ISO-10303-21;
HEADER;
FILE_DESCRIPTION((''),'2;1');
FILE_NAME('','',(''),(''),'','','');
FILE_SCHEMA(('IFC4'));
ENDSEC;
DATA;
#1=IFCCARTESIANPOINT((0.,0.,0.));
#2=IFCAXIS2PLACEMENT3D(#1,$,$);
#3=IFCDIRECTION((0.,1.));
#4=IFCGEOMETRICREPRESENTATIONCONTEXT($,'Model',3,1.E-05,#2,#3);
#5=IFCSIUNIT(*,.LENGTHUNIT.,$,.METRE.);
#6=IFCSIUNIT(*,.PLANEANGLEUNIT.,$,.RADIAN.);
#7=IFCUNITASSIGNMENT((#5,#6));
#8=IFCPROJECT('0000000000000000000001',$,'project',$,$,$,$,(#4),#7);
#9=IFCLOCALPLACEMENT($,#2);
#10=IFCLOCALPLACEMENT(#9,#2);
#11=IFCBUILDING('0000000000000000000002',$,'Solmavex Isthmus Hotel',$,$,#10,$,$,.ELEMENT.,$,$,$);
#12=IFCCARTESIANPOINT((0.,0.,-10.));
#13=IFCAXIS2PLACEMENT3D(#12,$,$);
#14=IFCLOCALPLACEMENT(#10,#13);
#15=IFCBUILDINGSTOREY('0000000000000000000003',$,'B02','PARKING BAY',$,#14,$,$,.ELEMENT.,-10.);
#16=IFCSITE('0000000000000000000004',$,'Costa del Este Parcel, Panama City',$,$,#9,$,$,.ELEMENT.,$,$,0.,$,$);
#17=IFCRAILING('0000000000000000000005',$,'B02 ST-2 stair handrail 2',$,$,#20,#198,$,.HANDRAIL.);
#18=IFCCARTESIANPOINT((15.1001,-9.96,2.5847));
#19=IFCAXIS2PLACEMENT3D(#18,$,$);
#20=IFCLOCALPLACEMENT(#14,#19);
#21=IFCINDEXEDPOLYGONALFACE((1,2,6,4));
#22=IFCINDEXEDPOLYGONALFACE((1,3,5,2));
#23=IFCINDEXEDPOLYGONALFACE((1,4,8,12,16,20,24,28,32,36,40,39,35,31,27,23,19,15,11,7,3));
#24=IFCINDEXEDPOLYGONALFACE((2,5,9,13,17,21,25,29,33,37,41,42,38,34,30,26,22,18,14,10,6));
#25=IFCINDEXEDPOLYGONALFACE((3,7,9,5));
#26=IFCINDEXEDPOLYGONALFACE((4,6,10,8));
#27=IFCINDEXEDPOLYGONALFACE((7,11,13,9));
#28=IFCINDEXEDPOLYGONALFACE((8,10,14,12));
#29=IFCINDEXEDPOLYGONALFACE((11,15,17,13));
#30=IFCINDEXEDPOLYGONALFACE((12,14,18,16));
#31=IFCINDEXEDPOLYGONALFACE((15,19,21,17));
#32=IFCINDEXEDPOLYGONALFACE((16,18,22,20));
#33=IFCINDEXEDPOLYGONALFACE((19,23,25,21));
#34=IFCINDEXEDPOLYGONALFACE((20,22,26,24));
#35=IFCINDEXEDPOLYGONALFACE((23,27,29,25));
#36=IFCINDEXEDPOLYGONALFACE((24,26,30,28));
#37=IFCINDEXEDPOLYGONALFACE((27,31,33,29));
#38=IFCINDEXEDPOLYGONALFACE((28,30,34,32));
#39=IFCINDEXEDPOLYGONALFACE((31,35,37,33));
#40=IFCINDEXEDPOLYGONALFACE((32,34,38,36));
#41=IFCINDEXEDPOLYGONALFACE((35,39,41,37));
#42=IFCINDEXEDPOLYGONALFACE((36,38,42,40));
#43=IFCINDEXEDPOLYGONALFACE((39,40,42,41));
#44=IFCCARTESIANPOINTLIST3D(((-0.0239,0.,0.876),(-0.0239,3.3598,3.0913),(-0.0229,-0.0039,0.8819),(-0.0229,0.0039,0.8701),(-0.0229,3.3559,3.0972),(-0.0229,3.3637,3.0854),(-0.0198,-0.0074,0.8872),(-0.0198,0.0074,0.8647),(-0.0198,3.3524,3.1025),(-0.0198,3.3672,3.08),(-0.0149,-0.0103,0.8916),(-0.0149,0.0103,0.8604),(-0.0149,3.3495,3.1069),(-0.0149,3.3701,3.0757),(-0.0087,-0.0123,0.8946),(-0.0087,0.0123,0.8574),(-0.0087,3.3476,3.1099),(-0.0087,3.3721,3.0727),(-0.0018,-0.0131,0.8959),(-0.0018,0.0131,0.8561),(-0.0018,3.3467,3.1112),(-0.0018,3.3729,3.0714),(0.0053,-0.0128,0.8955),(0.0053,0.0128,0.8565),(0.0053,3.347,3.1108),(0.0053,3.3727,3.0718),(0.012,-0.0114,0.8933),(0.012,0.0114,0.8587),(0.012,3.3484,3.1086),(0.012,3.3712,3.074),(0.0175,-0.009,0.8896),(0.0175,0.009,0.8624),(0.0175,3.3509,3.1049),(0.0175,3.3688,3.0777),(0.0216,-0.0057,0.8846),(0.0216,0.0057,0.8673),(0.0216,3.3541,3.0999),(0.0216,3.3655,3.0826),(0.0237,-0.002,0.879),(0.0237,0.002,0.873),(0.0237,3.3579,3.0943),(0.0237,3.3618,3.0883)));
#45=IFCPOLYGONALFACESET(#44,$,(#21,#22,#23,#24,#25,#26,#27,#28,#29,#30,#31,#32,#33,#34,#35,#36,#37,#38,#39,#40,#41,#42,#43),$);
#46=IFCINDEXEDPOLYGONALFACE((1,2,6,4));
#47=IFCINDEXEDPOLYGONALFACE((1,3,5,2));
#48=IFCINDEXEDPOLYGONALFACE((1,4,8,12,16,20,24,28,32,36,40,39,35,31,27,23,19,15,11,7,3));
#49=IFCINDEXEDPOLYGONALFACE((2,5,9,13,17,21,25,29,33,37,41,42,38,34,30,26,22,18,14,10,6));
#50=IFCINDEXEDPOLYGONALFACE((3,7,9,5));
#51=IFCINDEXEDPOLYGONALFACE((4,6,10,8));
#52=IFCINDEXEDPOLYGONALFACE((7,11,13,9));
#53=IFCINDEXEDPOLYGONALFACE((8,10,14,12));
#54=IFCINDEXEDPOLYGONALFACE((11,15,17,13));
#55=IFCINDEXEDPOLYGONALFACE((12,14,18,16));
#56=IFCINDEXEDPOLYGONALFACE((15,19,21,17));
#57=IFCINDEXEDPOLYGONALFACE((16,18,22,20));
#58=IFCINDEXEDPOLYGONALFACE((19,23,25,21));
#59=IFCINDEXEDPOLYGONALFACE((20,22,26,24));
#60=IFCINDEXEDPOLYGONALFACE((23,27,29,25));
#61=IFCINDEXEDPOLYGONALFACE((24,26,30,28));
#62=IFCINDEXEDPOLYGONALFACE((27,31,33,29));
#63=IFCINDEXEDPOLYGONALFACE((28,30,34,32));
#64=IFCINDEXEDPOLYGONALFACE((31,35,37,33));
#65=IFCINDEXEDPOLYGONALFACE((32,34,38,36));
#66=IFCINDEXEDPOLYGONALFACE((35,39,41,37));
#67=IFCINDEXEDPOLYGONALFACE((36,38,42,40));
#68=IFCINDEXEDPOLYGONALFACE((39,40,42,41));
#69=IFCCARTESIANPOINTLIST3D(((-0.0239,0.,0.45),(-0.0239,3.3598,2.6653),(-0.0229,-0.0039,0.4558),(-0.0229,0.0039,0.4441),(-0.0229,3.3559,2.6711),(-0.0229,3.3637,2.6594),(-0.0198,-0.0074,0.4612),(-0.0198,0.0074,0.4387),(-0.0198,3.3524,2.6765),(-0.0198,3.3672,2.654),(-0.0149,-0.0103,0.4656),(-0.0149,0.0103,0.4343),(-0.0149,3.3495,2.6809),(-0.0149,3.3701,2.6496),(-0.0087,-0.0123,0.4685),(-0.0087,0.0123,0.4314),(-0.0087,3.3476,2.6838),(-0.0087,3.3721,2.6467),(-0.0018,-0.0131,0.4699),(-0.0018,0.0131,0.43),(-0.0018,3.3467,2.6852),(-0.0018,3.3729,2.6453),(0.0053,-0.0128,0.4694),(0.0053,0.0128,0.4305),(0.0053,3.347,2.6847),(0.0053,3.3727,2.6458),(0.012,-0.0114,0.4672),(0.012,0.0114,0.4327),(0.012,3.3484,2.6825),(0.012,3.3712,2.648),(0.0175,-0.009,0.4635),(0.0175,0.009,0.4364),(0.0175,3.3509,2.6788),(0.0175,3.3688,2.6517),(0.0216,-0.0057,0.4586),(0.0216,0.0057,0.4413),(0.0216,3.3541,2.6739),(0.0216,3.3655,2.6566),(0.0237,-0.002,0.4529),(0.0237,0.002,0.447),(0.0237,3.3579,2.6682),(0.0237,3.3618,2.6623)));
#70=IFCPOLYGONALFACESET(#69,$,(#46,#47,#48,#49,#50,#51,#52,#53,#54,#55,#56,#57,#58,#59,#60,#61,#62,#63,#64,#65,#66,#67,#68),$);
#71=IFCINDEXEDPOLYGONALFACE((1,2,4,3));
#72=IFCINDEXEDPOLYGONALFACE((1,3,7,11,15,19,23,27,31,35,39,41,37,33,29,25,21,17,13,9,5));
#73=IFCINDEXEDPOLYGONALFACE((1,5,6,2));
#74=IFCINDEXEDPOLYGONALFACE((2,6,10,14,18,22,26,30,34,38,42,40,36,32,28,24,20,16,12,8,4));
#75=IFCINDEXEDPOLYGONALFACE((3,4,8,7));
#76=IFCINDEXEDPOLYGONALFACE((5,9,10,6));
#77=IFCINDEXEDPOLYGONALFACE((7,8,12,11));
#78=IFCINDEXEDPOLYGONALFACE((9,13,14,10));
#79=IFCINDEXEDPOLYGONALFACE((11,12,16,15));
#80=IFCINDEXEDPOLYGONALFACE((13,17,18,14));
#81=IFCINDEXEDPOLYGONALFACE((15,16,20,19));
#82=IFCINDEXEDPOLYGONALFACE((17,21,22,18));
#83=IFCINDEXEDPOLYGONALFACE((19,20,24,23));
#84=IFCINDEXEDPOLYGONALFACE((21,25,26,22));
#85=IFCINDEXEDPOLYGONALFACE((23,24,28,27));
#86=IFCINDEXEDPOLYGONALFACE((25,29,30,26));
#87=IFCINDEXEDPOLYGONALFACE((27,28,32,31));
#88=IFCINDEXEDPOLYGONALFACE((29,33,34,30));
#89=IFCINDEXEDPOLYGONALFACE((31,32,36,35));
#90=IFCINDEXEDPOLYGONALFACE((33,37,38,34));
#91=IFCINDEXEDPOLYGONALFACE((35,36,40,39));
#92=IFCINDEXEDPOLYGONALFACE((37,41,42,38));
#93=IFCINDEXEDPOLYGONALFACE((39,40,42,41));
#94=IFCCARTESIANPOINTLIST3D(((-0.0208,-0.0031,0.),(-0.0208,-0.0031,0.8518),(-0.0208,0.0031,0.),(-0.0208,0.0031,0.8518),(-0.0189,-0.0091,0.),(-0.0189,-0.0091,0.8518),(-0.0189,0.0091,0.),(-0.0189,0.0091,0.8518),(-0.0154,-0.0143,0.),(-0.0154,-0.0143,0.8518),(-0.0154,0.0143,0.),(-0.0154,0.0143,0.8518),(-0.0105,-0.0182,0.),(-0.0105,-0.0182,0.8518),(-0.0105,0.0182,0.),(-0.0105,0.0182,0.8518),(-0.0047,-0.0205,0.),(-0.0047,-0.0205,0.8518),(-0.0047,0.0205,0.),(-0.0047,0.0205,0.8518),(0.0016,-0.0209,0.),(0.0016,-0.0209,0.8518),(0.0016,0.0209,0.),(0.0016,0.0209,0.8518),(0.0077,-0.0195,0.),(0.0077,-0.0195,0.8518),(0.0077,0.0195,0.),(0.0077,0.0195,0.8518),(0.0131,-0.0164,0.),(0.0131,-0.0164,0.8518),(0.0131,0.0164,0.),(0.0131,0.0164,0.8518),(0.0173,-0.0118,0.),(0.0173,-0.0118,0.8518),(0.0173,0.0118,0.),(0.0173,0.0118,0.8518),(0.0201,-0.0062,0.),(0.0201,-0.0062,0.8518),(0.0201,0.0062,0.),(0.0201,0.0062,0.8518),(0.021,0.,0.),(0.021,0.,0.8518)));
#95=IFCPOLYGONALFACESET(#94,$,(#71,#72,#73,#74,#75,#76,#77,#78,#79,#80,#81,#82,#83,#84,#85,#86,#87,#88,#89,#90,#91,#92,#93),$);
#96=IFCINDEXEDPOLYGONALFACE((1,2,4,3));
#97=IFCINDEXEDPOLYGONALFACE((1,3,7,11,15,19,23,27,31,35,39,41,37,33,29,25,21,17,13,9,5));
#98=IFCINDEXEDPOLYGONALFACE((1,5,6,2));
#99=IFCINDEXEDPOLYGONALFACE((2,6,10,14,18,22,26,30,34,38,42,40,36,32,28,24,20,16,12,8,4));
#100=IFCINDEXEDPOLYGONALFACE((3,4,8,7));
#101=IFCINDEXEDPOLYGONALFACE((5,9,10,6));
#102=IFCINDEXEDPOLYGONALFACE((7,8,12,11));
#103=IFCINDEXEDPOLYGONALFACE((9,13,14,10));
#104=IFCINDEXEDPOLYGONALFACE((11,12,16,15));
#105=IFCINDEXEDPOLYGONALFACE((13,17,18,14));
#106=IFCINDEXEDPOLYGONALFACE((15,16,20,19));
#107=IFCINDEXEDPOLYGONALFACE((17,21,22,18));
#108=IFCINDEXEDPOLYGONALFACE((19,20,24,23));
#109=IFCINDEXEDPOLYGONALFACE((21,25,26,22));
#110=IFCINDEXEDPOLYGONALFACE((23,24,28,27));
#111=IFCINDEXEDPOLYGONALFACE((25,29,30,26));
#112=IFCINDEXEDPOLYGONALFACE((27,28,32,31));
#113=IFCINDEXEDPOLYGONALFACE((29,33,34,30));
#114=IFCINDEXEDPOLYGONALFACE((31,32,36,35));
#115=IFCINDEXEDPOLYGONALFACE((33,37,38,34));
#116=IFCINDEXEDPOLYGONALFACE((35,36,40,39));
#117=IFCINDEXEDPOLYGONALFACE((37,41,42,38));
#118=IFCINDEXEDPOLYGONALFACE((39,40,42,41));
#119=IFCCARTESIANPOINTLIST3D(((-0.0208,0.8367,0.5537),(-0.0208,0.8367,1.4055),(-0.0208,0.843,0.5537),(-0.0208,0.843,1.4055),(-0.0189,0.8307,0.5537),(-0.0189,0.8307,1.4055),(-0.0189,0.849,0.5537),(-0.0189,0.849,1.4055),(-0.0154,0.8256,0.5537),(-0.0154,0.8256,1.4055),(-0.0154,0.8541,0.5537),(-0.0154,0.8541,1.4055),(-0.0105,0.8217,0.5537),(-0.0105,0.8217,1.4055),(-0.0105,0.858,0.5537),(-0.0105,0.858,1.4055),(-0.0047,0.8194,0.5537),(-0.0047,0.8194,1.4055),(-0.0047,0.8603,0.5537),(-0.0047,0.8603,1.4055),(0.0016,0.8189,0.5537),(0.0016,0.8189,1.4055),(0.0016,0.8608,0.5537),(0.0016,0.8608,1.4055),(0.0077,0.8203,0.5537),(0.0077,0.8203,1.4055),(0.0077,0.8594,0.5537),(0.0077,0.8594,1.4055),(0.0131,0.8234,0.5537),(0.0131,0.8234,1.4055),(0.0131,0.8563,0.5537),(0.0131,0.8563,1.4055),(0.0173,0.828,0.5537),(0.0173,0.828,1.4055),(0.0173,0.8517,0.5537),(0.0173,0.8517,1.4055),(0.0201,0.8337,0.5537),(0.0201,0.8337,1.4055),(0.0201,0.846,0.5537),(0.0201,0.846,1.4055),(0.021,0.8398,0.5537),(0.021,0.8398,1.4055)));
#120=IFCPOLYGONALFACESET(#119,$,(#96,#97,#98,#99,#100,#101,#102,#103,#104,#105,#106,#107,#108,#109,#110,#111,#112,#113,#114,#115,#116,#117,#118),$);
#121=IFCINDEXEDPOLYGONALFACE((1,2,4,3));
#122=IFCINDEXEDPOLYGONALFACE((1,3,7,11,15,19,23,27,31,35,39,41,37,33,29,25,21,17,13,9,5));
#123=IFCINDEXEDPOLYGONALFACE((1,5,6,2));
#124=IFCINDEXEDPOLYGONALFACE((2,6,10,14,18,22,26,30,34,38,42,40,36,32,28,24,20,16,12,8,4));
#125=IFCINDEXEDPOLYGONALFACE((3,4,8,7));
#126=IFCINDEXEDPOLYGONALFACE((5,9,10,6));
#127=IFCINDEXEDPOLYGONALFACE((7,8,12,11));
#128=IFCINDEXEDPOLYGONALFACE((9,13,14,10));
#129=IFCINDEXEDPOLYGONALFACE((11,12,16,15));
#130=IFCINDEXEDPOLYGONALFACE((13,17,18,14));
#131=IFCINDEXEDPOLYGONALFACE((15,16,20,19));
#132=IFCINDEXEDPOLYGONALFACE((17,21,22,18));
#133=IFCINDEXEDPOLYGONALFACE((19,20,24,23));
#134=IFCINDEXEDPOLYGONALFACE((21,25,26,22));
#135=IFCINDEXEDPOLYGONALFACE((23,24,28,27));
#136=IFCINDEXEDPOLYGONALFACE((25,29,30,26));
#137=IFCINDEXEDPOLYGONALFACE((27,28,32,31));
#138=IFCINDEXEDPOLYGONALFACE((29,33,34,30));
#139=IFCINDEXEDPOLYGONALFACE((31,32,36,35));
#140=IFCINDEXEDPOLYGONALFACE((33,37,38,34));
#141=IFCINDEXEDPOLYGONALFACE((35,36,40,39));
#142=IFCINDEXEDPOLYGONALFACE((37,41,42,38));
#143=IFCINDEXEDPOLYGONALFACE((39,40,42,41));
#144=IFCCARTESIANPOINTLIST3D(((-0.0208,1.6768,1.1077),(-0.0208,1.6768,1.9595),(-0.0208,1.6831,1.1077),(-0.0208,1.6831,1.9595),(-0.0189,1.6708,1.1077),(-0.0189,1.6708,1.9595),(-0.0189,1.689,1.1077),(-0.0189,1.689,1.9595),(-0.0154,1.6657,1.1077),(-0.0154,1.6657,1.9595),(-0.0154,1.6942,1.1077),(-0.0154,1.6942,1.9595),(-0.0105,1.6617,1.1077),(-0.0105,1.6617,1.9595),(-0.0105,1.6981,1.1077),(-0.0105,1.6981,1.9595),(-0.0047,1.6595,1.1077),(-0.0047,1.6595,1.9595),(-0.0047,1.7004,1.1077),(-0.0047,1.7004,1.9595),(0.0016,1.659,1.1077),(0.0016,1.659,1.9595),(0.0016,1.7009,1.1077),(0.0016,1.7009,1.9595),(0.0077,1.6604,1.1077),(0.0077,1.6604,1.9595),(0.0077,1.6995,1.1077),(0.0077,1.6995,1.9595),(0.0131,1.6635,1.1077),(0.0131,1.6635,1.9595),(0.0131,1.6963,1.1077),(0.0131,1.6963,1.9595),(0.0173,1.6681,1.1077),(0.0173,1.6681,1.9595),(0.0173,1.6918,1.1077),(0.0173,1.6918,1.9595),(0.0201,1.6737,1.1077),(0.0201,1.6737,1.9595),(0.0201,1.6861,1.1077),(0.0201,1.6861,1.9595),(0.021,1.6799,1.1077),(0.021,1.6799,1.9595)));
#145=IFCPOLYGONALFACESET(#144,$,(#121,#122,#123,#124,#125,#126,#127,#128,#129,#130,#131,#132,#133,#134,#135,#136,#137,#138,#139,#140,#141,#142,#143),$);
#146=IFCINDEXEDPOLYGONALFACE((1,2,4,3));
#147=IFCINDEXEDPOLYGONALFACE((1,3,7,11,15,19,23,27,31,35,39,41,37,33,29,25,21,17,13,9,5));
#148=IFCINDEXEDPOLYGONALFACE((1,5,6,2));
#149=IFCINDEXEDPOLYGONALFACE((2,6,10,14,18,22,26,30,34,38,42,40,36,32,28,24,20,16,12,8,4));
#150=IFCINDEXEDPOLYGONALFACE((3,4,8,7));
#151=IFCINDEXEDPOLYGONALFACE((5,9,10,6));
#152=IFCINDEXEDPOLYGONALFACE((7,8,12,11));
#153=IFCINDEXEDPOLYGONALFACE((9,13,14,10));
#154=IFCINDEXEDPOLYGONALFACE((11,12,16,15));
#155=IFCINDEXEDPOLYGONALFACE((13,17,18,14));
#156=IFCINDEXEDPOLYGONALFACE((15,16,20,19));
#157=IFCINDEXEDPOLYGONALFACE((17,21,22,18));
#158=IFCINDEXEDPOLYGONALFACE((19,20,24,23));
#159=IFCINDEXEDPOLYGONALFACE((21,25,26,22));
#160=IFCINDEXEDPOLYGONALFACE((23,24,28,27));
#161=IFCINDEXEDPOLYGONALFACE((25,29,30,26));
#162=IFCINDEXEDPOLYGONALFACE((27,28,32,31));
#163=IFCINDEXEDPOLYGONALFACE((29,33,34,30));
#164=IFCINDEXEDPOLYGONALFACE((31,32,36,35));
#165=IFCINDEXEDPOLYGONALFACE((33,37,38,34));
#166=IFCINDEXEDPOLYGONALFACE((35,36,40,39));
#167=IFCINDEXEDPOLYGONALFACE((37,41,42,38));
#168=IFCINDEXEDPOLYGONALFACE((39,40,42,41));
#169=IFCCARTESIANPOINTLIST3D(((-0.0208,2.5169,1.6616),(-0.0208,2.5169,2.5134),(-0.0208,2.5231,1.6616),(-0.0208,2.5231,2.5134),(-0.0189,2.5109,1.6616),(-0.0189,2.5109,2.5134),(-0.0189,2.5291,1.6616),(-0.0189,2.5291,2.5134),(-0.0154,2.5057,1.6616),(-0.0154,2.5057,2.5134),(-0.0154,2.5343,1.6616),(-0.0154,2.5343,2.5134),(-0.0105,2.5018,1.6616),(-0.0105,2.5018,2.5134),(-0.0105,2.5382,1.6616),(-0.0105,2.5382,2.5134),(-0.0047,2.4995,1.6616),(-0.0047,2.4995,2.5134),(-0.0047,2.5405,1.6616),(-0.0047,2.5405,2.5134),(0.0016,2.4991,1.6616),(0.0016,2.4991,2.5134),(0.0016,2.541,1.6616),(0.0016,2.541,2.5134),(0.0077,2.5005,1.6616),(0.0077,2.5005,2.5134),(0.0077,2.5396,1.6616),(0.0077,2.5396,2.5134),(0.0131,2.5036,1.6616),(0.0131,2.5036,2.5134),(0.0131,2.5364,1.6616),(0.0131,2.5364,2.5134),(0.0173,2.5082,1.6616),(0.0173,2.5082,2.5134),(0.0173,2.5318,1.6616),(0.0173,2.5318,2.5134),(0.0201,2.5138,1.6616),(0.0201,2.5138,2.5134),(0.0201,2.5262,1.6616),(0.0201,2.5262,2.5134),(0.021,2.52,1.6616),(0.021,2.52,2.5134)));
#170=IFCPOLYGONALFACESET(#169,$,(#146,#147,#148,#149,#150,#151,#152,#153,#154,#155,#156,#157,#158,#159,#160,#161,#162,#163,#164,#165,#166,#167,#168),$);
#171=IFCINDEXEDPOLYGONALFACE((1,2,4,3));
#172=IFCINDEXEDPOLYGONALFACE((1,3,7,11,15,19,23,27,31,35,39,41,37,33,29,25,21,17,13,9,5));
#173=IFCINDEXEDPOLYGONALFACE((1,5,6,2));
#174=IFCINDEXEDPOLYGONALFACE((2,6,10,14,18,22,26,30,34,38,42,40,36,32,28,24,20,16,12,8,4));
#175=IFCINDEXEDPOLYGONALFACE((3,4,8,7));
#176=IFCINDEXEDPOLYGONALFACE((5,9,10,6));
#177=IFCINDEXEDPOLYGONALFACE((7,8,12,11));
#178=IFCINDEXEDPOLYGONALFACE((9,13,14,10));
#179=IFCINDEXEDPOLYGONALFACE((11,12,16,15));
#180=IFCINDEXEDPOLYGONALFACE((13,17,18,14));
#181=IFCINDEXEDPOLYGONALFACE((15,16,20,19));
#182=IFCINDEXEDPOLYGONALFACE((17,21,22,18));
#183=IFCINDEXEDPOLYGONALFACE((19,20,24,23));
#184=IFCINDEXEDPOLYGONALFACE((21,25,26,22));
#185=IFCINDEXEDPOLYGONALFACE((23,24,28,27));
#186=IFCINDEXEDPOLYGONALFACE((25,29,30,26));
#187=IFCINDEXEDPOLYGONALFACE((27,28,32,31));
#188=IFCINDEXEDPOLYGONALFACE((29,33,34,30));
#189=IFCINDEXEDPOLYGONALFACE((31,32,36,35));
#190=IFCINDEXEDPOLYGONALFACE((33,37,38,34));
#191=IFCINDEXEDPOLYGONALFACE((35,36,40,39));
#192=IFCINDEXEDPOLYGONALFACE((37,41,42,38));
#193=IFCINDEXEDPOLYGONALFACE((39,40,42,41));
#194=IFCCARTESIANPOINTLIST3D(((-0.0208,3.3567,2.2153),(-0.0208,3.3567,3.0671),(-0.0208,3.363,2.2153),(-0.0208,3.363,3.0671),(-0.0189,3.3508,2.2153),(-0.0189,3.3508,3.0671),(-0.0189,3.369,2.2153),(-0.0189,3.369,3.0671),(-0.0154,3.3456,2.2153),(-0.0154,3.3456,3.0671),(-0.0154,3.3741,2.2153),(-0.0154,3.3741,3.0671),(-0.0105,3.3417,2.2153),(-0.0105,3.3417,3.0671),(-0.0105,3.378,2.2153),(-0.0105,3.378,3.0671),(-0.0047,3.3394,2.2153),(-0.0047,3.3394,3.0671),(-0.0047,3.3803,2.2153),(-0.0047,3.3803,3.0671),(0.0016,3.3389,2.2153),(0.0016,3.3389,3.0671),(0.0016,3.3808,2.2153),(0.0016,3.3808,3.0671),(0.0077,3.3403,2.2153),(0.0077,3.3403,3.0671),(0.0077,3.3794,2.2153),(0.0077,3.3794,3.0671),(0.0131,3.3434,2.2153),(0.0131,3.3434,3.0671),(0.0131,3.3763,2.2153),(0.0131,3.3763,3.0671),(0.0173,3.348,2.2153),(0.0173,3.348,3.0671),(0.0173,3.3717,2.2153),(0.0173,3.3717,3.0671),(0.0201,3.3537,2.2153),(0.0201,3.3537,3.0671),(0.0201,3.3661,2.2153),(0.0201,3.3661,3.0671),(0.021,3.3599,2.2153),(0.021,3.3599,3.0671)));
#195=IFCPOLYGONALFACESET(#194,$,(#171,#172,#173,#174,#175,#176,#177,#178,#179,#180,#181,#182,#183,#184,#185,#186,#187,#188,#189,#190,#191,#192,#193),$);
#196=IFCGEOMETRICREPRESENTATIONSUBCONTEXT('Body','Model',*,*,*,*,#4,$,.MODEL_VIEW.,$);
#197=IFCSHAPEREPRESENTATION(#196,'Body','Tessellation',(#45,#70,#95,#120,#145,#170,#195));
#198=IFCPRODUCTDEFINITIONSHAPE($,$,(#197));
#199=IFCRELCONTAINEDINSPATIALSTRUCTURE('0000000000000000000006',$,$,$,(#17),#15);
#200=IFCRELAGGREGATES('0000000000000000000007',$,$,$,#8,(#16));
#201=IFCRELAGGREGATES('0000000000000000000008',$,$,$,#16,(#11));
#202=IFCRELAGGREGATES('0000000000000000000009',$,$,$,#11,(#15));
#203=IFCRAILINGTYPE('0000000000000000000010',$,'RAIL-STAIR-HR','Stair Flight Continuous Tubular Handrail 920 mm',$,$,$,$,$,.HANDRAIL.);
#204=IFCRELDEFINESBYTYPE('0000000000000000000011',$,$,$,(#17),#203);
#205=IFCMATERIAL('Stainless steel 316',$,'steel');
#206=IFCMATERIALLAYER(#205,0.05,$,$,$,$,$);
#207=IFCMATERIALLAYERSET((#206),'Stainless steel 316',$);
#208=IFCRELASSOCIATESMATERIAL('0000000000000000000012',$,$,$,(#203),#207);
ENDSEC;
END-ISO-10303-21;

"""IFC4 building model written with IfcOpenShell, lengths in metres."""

from ifc_helpers import new_model, si_unit, direction, frame, origin, origin_2d, place, context, subcontext, project, spatial, circle, extrude, material, layer, layer_set, type_object, element, save


model = new_model("IFC4")

# Units and contexts
model_context = context("Model", 3, precision=1e-05, world=origin(), true_north=direction((0.0, 1.0)))
body_context = subcontext(model_context, "Body", "Model", "MODEL_VIEW")
ifc_project = project(units=[si_unit("LENGTHUNIT", "METRE"), si_unit("PLANEANGLEUNIT", "RADIAN")], contexts=[model_context])

# Site, building, storey
site_placement = place(None, origin())
site = spatial("IfcSite", under=ifc_project, at=site_placement, Name="Costa del Este Parcel, Panama City", CompositionType="ELEMENT", RefElevation=0.0)
building_placement = place(site_placement, origin())
building = spatial("IfcBuilding", under=site, at=building_placement, Name="Solmavex Isthmus Hotel", CompositionType="ELEMENT")
storey_placement = place(building_placement, frame((0.0, 0.0, -10.0)))
storey = spatial("IfcBuildingStorey", under=building, at=storey_placement, Name="B02", Description="PARKING BAY", CompositionType="ELEMENT", Elevation=-10.0)

# Railing
ifc_material_1 = material(Name="Stainless steel 316", Category="steel")
ifc_layer_1 = layer(ifc_material_1, 0.05)
ifc_layer_set_1 = layer_set([ifc_layer_1], Name="Stainless steel 316")
railing_type_1 = type_object("IfcRailingType", Name="RAIL-STAIR-HR", Description="Stair Flight Continuous Tubular Handrail 920 mm", PredefinedType="HANDRAIL", material=ifc_layer_set_1)
railing_1_placement = place(storey_placement, frame((15.1001, -9.96, 2.5847)))
element("IfcRailing", 1, at=railing_1_placement, inside=storey, type_object=railing_type_1, Name="B02 ST-2 stair handrail 2", PredefinedType="HANDRAIL", context=body_context, shape_type="SweptSolid", body=[
    extrude(circle(Radius=0.0239, at=origin_2d()), frame((0.0, 0.0, 0.876), z_axis=(0.0, 0.834858, 0.550465), x_axis=(-1.0, 0.0, 0.0)), (0.0, 0.0, 1.0), 4.0244),
    extrude(circle(Radius=0.0239, at=origin_2d()), frame((0.0, 0.0, 0.45), z_axis=(0.0, 0.834858, 0.550465), x_axis=(-1.0, 0.0, 0.0)), (0.0, 0.0, 1.0), 4.0244),
    extrude(circle(Radius=0.021, at=origin_2d()), origin(), (0.0, 0.0, 1.0), 0.8518),
    extrude(circle(Radius=0.021, at=origin_2d()), frame((0.0, 0.8398, 0.5537)), (0.0, 0.0, 1.0), 0.8518),
    extrude(circle(Radius=0.021, at=origin_2d()), frame((0.0, 1.6799, 1.1077)), (0.0, 0.0, 1.0), 0.8518),
    extrude(circle(Radius=0.021, at=origin_2d()), frame((0.0, 2.52, 1.6616)), (0.0, 0.0, 1.0), 0.8518),
    extrude(circle(Radius=0.021, at=origin_2d()), frame((0.0, 3.3599, 2.2153)), (0.0, 0.0, 1.0), 0.8518),
])

save(model, "model.ifc")
